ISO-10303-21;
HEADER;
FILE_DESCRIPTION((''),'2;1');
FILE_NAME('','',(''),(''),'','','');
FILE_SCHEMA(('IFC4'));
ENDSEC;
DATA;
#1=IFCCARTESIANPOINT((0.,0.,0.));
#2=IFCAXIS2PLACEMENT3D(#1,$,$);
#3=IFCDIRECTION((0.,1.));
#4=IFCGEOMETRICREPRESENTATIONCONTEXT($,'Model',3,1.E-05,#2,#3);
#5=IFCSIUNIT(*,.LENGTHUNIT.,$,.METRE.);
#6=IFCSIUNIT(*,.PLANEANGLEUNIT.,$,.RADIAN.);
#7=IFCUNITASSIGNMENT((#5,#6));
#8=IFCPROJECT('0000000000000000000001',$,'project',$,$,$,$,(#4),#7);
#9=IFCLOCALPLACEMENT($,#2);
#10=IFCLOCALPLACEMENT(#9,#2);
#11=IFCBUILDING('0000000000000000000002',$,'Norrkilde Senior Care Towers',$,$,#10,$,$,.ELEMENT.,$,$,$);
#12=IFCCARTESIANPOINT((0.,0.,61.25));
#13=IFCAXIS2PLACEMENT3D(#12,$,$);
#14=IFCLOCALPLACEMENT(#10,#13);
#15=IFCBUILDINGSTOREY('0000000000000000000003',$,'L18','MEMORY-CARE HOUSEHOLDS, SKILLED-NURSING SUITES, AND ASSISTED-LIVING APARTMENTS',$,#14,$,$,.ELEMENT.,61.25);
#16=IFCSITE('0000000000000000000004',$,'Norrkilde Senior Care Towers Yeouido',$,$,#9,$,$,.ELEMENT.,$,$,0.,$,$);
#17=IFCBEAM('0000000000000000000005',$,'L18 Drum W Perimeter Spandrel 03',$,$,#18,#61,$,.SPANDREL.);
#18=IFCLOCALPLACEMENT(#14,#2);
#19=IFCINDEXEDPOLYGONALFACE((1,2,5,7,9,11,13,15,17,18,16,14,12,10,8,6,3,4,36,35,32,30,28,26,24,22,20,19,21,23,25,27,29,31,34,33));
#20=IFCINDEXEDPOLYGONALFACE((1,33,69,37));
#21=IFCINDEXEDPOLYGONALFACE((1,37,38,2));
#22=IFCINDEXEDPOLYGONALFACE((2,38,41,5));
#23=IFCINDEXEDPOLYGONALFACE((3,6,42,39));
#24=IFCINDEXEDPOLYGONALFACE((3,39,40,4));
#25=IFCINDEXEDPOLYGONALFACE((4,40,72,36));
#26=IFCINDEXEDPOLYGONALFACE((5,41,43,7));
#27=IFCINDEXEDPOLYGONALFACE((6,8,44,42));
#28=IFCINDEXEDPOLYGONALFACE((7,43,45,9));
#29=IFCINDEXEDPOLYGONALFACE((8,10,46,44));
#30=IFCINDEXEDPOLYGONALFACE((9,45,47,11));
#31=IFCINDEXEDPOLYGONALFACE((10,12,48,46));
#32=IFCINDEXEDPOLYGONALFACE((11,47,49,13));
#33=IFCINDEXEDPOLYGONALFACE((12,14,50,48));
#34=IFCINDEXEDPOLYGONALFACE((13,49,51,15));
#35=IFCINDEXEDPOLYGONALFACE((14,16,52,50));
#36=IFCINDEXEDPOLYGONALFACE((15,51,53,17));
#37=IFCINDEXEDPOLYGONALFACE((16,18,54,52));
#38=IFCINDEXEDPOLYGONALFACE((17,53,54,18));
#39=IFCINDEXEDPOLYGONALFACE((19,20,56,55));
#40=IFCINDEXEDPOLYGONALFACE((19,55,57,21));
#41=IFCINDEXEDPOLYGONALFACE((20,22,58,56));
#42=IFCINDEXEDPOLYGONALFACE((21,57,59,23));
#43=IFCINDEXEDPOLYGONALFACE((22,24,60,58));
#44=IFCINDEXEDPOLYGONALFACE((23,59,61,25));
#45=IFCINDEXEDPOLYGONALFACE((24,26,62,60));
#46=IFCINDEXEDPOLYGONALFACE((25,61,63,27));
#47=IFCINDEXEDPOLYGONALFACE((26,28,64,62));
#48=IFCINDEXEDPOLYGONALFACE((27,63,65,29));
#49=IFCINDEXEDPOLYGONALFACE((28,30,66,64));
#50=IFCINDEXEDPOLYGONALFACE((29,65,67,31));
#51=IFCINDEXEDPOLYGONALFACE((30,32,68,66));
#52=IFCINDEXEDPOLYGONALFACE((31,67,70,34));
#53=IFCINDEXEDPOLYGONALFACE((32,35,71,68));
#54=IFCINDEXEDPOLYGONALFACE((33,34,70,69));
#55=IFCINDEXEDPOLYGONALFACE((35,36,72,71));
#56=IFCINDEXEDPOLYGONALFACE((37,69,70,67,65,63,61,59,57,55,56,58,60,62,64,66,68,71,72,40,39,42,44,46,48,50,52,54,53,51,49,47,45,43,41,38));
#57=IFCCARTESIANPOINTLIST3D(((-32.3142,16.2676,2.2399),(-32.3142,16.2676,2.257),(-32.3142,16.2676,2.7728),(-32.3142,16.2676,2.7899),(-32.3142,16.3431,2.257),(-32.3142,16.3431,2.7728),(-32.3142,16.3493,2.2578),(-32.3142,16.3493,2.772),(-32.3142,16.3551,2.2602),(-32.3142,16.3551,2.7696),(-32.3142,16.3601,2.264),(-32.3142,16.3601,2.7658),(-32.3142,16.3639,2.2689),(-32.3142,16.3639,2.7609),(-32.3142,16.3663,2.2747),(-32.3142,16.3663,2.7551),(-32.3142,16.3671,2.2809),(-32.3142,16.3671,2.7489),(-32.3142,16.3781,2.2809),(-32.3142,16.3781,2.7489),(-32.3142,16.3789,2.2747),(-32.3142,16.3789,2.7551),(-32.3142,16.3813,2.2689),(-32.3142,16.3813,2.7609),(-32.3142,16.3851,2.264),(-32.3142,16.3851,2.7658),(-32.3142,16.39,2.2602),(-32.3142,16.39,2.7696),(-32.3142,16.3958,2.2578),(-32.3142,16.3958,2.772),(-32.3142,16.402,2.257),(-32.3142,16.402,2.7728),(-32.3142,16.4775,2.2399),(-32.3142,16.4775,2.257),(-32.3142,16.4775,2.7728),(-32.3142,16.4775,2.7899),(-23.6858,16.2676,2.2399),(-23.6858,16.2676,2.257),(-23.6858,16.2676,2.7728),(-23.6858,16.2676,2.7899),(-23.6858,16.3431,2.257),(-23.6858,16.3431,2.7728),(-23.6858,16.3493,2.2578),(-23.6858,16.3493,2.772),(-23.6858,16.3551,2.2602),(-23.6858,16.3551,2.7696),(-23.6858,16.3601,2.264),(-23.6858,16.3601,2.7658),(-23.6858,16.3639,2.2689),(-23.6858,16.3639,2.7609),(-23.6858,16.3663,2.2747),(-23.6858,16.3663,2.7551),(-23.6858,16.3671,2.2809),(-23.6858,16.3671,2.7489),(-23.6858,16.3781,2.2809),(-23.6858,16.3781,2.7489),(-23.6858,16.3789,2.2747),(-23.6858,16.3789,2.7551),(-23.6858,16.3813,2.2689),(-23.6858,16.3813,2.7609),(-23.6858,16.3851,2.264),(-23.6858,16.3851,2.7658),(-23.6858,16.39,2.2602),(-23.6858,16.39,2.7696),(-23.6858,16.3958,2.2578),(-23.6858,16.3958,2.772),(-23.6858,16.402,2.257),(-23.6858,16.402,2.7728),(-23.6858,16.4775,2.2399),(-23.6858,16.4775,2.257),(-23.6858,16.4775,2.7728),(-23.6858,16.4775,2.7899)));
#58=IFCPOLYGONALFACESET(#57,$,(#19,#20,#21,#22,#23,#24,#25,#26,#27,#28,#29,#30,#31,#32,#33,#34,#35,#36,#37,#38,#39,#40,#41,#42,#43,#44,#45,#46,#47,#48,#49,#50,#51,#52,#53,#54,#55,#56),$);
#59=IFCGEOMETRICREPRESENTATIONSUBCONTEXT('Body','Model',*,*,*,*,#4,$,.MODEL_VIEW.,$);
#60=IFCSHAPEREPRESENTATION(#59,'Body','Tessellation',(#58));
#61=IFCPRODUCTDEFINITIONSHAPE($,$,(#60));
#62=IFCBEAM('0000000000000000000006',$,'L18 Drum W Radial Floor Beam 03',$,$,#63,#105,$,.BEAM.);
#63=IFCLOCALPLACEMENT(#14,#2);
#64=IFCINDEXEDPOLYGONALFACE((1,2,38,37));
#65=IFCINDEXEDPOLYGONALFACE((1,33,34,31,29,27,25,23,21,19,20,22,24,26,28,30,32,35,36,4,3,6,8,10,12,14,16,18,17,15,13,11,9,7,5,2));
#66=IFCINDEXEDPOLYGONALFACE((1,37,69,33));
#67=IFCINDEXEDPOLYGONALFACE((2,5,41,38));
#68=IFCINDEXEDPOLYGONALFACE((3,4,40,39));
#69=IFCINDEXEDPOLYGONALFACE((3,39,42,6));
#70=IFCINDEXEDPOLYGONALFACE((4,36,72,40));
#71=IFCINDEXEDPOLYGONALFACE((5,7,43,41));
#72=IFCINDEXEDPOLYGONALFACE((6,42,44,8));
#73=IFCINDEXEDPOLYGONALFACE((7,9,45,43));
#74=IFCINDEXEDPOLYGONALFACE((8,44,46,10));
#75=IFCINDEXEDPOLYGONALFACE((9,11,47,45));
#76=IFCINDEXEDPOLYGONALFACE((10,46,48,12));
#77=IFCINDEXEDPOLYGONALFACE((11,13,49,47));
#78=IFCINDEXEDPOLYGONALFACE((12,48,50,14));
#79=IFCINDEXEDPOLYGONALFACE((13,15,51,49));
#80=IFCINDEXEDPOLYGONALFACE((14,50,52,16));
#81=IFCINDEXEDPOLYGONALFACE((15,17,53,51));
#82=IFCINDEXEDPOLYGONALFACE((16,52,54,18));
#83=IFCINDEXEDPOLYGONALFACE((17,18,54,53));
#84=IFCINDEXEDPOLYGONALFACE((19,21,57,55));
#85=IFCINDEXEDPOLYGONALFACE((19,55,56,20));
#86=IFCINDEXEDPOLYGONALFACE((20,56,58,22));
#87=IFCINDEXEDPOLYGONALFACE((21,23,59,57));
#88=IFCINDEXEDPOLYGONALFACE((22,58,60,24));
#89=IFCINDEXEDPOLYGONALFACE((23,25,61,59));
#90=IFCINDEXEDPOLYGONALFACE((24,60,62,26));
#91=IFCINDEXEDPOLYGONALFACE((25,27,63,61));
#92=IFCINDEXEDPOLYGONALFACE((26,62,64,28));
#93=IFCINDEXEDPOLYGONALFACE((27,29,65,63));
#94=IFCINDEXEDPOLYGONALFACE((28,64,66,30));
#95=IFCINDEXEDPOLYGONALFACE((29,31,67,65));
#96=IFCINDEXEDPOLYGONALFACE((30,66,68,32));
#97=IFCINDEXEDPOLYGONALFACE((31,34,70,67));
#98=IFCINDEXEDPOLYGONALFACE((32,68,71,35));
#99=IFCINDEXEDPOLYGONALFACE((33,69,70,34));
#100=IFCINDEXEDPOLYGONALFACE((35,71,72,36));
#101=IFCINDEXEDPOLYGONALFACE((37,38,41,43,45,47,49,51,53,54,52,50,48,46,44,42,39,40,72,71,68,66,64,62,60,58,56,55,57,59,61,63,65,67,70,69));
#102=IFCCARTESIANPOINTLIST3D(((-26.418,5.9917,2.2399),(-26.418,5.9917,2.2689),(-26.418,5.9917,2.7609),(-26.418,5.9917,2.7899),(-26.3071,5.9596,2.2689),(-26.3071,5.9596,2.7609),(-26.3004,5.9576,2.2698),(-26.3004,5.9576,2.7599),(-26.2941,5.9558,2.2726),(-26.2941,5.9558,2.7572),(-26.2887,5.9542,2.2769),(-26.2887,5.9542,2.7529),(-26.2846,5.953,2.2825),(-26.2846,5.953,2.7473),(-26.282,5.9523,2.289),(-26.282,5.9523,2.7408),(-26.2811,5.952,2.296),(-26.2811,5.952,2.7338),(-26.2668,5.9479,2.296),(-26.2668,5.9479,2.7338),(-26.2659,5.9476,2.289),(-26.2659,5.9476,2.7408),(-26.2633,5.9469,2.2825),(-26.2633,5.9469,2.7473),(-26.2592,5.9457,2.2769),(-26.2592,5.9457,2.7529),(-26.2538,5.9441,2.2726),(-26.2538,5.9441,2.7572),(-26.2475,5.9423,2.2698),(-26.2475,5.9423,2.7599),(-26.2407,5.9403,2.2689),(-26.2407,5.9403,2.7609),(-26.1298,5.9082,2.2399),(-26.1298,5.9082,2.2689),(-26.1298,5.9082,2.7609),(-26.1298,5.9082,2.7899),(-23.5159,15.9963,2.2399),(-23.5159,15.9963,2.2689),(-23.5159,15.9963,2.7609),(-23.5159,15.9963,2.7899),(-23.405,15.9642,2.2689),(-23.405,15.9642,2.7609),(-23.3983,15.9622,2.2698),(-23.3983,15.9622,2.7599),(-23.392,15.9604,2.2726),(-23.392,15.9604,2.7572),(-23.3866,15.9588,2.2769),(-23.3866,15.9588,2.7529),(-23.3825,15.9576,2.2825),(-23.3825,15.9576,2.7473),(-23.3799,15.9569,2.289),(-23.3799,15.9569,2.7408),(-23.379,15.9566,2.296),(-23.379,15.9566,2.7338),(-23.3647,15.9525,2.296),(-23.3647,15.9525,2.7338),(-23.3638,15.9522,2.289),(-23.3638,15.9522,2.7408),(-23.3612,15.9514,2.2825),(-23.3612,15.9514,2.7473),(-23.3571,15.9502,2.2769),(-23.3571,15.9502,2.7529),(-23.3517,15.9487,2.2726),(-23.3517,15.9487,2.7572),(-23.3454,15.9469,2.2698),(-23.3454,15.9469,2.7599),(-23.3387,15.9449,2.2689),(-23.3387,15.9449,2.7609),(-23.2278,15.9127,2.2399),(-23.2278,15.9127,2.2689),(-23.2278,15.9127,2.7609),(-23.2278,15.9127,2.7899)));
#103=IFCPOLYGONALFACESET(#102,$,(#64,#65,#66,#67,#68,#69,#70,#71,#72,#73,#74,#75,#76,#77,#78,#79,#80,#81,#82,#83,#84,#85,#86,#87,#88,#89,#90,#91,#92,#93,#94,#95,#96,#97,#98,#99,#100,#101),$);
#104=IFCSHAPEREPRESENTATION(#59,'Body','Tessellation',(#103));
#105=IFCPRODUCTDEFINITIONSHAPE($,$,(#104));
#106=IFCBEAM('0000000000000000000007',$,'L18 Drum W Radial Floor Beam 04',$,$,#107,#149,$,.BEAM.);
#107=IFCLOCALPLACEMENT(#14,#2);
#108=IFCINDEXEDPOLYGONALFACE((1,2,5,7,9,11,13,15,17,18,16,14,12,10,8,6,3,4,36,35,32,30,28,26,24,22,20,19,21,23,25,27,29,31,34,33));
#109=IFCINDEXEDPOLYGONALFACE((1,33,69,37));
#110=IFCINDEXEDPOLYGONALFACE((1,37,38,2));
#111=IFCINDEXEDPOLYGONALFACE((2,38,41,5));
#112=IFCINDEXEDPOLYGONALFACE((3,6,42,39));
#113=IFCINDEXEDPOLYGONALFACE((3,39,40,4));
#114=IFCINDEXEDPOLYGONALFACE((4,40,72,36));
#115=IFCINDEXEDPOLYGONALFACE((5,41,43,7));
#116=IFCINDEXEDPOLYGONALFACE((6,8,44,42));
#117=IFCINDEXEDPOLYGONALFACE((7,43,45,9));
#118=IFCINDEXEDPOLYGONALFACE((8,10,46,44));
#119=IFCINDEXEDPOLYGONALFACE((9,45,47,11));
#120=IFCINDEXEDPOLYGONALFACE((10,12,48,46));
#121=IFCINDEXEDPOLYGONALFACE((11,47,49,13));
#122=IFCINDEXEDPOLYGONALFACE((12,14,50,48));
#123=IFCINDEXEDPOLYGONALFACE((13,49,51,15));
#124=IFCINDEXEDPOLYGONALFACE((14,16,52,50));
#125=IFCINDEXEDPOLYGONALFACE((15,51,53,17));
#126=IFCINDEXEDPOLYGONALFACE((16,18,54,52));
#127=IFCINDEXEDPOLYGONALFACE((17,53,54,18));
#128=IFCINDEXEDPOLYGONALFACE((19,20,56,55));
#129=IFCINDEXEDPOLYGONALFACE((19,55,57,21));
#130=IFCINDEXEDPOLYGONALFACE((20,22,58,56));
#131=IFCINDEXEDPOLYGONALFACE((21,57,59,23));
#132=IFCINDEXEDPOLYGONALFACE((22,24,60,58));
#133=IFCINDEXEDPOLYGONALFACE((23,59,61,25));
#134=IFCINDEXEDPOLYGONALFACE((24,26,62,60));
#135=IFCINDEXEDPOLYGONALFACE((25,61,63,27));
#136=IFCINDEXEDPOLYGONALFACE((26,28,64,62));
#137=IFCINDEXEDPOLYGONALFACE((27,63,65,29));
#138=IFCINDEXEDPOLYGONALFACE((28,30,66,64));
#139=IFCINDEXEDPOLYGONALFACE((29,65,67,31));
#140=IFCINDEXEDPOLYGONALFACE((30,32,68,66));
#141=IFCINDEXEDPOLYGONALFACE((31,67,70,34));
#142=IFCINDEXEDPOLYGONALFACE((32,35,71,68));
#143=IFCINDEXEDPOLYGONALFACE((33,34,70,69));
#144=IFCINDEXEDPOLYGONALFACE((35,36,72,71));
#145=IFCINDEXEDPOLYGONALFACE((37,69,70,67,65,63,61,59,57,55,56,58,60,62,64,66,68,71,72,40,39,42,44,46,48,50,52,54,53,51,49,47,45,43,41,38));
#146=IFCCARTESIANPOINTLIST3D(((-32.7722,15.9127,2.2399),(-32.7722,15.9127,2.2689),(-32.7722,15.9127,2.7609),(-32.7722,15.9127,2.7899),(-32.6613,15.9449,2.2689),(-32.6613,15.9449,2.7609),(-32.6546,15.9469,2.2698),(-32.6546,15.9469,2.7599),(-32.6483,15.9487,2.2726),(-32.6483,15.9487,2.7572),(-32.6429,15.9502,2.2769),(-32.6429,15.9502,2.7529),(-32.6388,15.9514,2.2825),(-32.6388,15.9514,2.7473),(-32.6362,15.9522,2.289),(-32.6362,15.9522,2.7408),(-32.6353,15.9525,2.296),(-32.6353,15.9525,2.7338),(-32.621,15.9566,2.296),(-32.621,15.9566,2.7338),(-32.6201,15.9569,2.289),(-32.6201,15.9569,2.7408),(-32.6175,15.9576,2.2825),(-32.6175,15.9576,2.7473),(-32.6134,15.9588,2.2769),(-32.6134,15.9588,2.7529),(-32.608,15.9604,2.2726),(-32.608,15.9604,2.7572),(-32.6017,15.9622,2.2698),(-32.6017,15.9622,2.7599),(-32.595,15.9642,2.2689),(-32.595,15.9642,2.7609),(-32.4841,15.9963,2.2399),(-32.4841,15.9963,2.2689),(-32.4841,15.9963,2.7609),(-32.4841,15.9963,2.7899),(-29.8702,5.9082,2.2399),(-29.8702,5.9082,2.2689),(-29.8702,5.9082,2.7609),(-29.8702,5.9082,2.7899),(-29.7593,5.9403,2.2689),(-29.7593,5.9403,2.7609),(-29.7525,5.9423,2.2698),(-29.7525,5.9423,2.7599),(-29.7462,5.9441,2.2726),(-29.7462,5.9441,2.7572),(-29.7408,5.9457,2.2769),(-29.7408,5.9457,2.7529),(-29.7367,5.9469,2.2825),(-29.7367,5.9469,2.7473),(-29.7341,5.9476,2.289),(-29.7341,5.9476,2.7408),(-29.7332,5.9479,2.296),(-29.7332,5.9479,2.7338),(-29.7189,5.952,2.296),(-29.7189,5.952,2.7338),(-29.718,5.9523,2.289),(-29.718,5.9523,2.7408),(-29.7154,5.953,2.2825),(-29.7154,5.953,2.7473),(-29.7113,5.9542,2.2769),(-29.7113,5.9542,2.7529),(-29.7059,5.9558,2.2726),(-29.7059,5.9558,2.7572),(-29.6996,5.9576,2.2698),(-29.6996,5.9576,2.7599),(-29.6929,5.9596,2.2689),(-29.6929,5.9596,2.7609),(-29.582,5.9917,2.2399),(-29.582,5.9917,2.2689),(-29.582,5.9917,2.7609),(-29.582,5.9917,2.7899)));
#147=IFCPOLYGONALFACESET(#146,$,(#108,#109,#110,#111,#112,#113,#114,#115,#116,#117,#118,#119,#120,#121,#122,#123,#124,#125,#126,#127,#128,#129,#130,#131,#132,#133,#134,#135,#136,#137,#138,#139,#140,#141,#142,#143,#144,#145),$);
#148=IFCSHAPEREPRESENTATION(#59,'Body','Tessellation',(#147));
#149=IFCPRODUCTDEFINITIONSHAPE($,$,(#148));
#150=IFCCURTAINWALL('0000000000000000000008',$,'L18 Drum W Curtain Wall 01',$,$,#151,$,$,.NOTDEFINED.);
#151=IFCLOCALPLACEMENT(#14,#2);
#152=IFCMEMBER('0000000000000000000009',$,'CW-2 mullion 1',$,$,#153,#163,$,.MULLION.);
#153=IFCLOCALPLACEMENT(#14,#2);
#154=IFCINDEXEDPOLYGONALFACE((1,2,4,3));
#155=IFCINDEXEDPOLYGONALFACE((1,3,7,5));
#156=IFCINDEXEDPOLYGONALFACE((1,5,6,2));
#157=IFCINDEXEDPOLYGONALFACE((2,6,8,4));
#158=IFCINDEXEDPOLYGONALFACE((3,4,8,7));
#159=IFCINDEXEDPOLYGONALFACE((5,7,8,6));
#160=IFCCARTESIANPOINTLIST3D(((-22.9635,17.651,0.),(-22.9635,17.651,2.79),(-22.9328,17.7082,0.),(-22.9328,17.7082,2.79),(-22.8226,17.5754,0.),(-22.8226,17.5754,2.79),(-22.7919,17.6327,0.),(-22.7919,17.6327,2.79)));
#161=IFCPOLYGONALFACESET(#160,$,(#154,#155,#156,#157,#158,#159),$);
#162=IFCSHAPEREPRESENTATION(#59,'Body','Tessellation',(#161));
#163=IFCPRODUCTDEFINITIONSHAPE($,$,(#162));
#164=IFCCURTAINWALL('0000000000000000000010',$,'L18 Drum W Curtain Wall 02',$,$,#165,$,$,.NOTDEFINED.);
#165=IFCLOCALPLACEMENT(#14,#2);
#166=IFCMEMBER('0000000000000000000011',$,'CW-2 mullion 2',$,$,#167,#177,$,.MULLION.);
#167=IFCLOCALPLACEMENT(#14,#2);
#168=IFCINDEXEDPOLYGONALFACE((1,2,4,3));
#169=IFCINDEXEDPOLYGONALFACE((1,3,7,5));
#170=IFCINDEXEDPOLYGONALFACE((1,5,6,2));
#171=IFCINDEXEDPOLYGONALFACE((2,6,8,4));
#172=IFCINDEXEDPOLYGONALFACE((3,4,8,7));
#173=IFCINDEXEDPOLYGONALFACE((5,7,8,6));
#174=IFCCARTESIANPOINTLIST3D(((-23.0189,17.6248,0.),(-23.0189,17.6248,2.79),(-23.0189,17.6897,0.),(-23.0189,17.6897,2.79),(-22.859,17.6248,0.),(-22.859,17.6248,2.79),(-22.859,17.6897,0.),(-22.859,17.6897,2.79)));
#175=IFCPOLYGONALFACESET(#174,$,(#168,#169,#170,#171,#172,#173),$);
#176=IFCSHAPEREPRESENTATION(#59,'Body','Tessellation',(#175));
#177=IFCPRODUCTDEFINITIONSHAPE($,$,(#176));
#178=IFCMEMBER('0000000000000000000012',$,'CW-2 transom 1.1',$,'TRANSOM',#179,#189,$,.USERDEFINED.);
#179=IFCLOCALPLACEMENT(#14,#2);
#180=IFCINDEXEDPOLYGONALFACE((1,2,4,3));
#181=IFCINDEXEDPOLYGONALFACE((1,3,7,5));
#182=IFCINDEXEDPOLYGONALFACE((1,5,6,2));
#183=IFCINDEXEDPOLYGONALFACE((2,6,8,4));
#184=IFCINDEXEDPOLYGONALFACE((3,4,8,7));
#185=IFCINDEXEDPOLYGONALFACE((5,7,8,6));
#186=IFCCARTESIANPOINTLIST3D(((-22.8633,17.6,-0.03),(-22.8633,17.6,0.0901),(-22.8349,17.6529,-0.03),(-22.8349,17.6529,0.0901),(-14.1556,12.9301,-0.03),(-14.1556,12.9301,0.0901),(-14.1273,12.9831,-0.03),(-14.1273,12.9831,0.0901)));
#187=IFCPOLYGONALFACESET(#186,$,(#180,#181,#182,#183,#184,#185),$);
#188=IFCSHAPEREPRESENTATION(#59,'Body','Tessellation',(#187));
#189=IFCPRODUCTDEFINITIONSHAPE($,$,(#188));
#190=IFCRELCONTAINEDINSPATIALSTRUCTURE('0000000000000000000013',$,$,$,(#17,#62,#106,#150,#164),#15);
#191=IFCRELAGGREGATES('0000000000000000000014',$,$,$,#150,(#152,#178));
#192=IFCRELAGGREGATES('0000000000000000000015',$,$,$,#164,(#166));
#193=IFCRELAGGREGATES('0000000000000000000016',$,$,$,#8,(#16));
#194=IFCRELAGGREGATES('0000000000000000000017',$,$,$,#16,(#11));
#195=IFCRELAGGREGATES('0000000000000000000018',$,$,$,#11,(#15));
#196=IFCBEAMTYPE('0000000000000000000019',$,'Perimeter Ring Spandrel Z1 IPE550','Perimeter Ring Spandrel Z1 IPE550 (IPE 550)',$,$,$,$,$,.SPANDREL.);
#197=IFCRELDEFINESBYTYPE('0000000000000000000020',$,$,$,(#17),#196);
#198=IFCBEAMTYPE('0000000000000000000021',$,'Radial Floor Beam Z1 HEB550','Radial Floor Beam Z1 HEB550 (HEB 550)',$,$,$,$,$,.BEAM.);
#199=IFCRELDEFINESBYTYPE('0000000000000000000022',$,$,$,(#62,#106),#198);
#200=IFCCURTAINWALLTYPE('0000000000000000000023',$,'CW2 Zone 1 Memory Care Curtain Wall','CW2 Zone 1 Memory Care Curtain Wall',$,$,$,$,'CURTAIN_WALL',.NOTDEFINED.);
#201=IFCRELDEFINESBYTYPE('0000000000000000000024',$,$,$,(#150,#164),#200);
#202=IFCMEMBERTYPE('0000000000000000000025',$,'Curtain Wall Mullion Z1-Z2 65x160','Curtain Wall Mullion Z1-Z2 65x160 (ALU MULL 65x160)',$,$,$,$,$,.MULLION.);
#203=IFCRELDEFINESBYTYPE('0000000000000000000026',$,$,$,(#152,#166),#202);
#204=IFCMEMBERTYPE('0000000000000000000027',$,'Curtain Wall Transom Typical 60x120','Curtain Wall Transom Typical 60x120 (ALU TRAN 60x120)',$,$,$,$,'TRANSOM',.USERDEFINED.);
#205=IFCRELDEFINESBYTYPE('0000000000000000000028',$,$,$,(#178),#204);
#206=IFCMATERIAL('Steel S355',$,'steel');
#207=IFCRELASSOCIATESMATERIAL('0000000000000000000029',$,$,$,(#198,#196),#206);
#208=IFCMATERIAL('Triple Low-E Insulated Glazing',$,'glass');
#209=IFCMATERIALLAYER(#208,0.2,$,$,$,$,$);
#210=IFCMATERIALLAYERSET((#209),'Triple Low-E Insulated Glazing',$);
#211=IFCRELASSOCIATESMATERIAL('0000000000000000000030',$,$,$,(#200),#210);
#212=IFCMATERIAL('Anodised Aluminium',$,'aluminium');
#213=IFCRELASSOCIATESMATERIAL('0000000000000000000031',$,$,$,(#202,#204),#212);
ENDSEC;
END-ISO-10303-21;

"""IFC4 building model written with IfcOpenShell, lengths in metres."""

from ifc_helpers import new_model, si_unit, direction, frame, origin, origin_2d, place, context, subcontext, project, spatial, rectangle, i_section, extrude, source, transform, mapped, material, layer, layer_set, material_profile, profile_set, type_object, type_shapes, element, aggregate, save


model = new_model("IFC4")

# Units and contexts
model_context = context("Model", 3, precision=1e-05, world=origin(), true_north=direction((0.0, 1.0)))
body_context = subcontext(model_context, "Body", "Model", "MODEL_VIEW")
ifc_project = project(units=[si_unit("LENGTHUNIT", "METRE"), si_unit("PLANEANGLEUNIT", "RADIAN")], contexts=[model_context])

# Site, building, storey
site_placement = place(None, origin())
site = spatial("IfcSite", under=ifc_project, at=site_placement, Name="Norrkilde Senior Care Towers Yeouido", CompositionType="ELEMENT", RefElevation=0.0)
building_placement = place(site_placement, origin())
building = spatial("IfcBuilding", under=site, at=building_placement, Name="Norrkilde Senior Care Towers", CompositionType="ELEMENT")
storey_placement = place(building_placement, frame((0.0, 0.0, 61.25)))
storey = spatial("IfcBuildingStorey", under=building, at=storey_placement, Name="L18", Description="MEMORY-CARE HOUSEHOLDS, SKILLED-NURSING SUITES, AND ASSISTED-LIVING APARTMENTS", CompositionType="ELEMENT", Elevation=61.25)

# Beams
ifc_material_1 = material(Name="Steel S355", Category="steel")
ifc_material_profile_1 = material_profile(ifc_material_1, i_section(OverallWidth=0.3, OverallDepth=0.55, WebThickness=0.0149, FlangeThickness=0.0291, FilletRadius=0.0271, at=origin_2d()), Name="HEB 550")
ifc_profile_set_1 = profile_set([ifc_material_profile_1], Name="Steel S355")
beam_type_1 = type_object("IfcBeamType", Name="Radial Floor Beam Z1 HEB550", Description="Radial Floor Beam Z1 HEB550 (HEB 550)", PredefinedType="BEAM", material=ifc_profile_set_1)
ifc_material_profile_2 = material_profile(ifc_material_1, i_section(OverallWidth=0.21, OverallDepth=0.55, WebThickness=0.011, FlangeThickness=0.0171, FilletRadius=0.0239, at=origin_2d()), Name="IPE 550")
ifc_profile_set_2 = profile_set([ifc_material_profile_2], Name="Steel S355")
beam_type_2 = type_object("IfcBeamType", Name="Perimeter Ring Spandrel Z1 IPE550", Description="Perimeter Ring Spandrel Z1 IPE550 (IPE 550)", PredefinedType="SPANDREL", material=ifc_profile_set_2)
shared_shape_1 = source(origin(), body_context, "Body", "SweptSolid", [
    extrude(i_section(OverallWidth=0.21, OverallDepth=0.55, WebThickness=0.011, FlangeThickness=0.0171, FilletRadius=0.0239, at=origin_2d()), origin(), (0.0, 0.0, 1.0), 8.6284),
])
type_shapes(beam_type_2, [shared_shape_1])
beam_1_placement = place(storey_placement, frame((-23.6858, 16.3726, 2.5149), z_axis=(-1.0, 0.0, 0.0), x_axis=(0.0, -1.0, 0.0)))
element("IfcBeam", 1, at=beam_1_placement, inside=storey, type_object=beam_type_2, Name="L18 Drum W Perimeter Spandrel 03", PredefinedType="SPANDREL", context=body_context, shape_type="MappedRepresentation", body=[
    mapped(shared_shape_1, transform((0.0, 0.0, 0.0), x_axis=(1.0, 0.0, 0.0), y_axis=(0.0, 1.0, 0.0), z_axis=(0.0, 0.0, 1.0), scale=1.0)),
])
shared_shape_2 = source(origin(), body_context, "Body", "SweptSolid", [
    extrude(i_section(OverallWidth=0.3, OverallDepth=0.55, WebThickness=0.0149, FlangeThickness=0.0291, FilletRadius=0.0271, at=origin_2d()), origin(), (0.0, 0.0, 1.0), 10.417),
])
for number, where, z_axis, x_axis, name in (
    (2, (-26.2739, 5.95, 2.5149), (0.278591, 0.96041, 0.0), (-0.96041, 0.278591, 0.0), "L18 Drum W Radial Floor Beam 03"),
    (3, (-29.7261, 5.95, 2.5149), (-0.278591, 0.96041, 0.0), (-0.96041, -0.278591, 0.0), "L18 Drum W Radial Floor Beam 04"),
):
    element("IfcBeam", number, at=place(storey_placement, frame(where, z_axis=z_axis, x_axis=x_axis)), inside=storey, type_object=beam_type_1, Name=name, PredefinedType="BEAM", context=body_context, shape_type="MappedRepresentation", body=[
        mapped(shared_shape_2, transform((0.0, 0.0, 0.0), x_axis=(1.0, 0.0, 0.0), y_axis=(0.0, 1.0, 0.0), z_axis=(0.0, 0.0, 1.0), scale=1.0)),
    ])

# Curtain walls, members
ifc_material_2 = material(Name="Triple Low-E Insulated Glazing", Category="glass")
ifc_layer_1 = layer(ifc_material_2, 0.2)
ifc_layer_set_1 = layer_set([ifc_layer_1], Name="Triple Low-E Insulated Glazing")
curtain_wall_type = type_object("IfcCurtainWallType", Name="CW2 Zone 1 Memory Care Curtain Wall", Description="CW2 Zone 1 Memory Care Curtain Wall", ElementType="CURTAIN_WALL", PredefinedType="NOTDEFINED", material=ifc_layer_set_1)
curtain_wall_1_placement = place(storey_placement, origin())
curtain_wall_1 = element("IfcCurtainWall", 4, at=curtain_wall_1_placement, inside=storey, type_object=curtain_wall_type, Name="L18 Drum W Curtain Wall 01", PredefinedType="NOTDEFINED")
ifc_material_3 = material(Name="Anodised Aluminium", Category="aluminium")
ifc_material_profile_3 = material_profile(ifc_material_3, rectangle(XDim=0.0649, YDim=0.1599, at=origin_2d()), Name="ALU MULL 65x160")
ifc_profile_set_3 = profile_set([ifc_material_profile_3], Name="Anodised Aluminium")
member_type_1 = type_object("IfcMemberType", Name="Curtain Wall Mullion Z1-Z2 65x160", Description="Curtain Wall Mullion Z1-Z2 65x160 (ALU MULL 65x160)", PredefinedType="MULLION", material=ifc_profile_set_3)
shared_shape_3 = source(origin(), body_context, "Body", "SweptSolid", [
    extrude(rectangle(XDim=0.0649, YDim=0.1599, at=origin_2d()), origin(), (0.0, 0.0, 1.0), 2.79),
])
type_shapes(member_type_1, [shared_shape_3])
member_1_placement = place(storey_placement, frame((-22.8777, 17.6418, 0.0), z_axis=(0.0, 0.0, 1.0), x_axis=(0.472608, 0.881273, 0.0)))
member_1 = element("IfcMember", 5, at=member_1_placement, type_object=member_type_1, Name="CW-2 mullion 1", PredefinedType="MULLION", context=body_context, shape_type="MappedRepresentation", body=[
    mapped(shared_shape_3, transform((0.0, 0.0, 0.0), x_axis=(1.0, 0.0, 0.0), y_axis=(0.0, 1.0, 0.0), z_axis=(0.0, 0.0, 1.0), scale=1.0)),
])
curtain_wall_2_placement = place(storey_placement, origin())
curtain_wall_2 = element("IfcCurtainWall", 6, at=curtain_wall_2_placement, inside=storey, type_object=curtain_wall_type, Name="L18 Drum W Curtain Wall 02", PredefinedType="NOTDEFINED")
member_2_placement = place(storey_placement, frame((-22.939, 17.6572, 0.0), z_axis=(0.0, 0.0, 1.0), x_axis=(0.0, 1.0, 0.0)))
member_2 = element("IfcMember", 7, at=member_2_placement, type_object=member_type_1, Name="CW-2 mullion 2", PredefinedType="MULLION", context=body_context, shape_type="MappedRepresentation", body=[
    mapped(shared_shape_3, transform((0.0, 0.0, 0.0), x_axis=(1.0, 0.0, 0.0), y_axis=(0.0, 1.0, 0.0), z_axis=(0.0, 0.0, 1.0), scale=1.0)),
])

# Member
ifc_material_profile_4 = material_profile(ifc_material_3, rectangle(XDim=0.0601, YDim=0.1201, at=origin_2d()), Name="ALU TRAN 60x120")
ifc_profile_set_4 = profile_set([ifc_material_profile_4], Name="Anodised Aluminium")
member_type_2 = type_object("IfcMemberType", Name="Curtain Wall Transom Typical 60x120", Description="Curtain Wall Transom Typical 60x120 (ALU TRAN 60x120)", ElementType="TRANSOM", PredefinedType="USERDEFINED", material=ifc_profile_set_4)
shared_shape_4 = source(origin(), body_context, "Body", "SweptSolid", [
    extrude(rectangle(XDim=0.0601, YDim=0.1201, at=origin_2d()), origin(), (0.0, 0.0, 1.0), 9.8809),
])
type_shapes(member_type_2, [shared_shape_4])
member_3_placement = place(storey_placement, frame((-22.8491, 17.6265, 0.03), z_axis=(0.881267, -0.472618, 0.0), x_axis=(0.472618, 0.881267, 0.0)))
member_3 = element("IfcMember", 8, at=member_3_placement, type_object=member_type_2, Name="CW-2 transom 1.1", ObjectType="TRANSOM", PredefinedType="USERDEFINED", context=body_context, shape_type="MappedRepresentation", body=[
    mapped(shared_shape_4, transform((0.0, 0.0, 0.0), x_axis=(1.0, 0.0, 0.0), y_axis=(0.0, 1.0, 0.0), z_axis=(0.0, 0.0, 1.0), scale=1.0)),
])
aggregate(curtain_wall_1, [member_1, member_3])

aggregate(curtain_wall_2, [member_2])

save(model, "model.ifc")
